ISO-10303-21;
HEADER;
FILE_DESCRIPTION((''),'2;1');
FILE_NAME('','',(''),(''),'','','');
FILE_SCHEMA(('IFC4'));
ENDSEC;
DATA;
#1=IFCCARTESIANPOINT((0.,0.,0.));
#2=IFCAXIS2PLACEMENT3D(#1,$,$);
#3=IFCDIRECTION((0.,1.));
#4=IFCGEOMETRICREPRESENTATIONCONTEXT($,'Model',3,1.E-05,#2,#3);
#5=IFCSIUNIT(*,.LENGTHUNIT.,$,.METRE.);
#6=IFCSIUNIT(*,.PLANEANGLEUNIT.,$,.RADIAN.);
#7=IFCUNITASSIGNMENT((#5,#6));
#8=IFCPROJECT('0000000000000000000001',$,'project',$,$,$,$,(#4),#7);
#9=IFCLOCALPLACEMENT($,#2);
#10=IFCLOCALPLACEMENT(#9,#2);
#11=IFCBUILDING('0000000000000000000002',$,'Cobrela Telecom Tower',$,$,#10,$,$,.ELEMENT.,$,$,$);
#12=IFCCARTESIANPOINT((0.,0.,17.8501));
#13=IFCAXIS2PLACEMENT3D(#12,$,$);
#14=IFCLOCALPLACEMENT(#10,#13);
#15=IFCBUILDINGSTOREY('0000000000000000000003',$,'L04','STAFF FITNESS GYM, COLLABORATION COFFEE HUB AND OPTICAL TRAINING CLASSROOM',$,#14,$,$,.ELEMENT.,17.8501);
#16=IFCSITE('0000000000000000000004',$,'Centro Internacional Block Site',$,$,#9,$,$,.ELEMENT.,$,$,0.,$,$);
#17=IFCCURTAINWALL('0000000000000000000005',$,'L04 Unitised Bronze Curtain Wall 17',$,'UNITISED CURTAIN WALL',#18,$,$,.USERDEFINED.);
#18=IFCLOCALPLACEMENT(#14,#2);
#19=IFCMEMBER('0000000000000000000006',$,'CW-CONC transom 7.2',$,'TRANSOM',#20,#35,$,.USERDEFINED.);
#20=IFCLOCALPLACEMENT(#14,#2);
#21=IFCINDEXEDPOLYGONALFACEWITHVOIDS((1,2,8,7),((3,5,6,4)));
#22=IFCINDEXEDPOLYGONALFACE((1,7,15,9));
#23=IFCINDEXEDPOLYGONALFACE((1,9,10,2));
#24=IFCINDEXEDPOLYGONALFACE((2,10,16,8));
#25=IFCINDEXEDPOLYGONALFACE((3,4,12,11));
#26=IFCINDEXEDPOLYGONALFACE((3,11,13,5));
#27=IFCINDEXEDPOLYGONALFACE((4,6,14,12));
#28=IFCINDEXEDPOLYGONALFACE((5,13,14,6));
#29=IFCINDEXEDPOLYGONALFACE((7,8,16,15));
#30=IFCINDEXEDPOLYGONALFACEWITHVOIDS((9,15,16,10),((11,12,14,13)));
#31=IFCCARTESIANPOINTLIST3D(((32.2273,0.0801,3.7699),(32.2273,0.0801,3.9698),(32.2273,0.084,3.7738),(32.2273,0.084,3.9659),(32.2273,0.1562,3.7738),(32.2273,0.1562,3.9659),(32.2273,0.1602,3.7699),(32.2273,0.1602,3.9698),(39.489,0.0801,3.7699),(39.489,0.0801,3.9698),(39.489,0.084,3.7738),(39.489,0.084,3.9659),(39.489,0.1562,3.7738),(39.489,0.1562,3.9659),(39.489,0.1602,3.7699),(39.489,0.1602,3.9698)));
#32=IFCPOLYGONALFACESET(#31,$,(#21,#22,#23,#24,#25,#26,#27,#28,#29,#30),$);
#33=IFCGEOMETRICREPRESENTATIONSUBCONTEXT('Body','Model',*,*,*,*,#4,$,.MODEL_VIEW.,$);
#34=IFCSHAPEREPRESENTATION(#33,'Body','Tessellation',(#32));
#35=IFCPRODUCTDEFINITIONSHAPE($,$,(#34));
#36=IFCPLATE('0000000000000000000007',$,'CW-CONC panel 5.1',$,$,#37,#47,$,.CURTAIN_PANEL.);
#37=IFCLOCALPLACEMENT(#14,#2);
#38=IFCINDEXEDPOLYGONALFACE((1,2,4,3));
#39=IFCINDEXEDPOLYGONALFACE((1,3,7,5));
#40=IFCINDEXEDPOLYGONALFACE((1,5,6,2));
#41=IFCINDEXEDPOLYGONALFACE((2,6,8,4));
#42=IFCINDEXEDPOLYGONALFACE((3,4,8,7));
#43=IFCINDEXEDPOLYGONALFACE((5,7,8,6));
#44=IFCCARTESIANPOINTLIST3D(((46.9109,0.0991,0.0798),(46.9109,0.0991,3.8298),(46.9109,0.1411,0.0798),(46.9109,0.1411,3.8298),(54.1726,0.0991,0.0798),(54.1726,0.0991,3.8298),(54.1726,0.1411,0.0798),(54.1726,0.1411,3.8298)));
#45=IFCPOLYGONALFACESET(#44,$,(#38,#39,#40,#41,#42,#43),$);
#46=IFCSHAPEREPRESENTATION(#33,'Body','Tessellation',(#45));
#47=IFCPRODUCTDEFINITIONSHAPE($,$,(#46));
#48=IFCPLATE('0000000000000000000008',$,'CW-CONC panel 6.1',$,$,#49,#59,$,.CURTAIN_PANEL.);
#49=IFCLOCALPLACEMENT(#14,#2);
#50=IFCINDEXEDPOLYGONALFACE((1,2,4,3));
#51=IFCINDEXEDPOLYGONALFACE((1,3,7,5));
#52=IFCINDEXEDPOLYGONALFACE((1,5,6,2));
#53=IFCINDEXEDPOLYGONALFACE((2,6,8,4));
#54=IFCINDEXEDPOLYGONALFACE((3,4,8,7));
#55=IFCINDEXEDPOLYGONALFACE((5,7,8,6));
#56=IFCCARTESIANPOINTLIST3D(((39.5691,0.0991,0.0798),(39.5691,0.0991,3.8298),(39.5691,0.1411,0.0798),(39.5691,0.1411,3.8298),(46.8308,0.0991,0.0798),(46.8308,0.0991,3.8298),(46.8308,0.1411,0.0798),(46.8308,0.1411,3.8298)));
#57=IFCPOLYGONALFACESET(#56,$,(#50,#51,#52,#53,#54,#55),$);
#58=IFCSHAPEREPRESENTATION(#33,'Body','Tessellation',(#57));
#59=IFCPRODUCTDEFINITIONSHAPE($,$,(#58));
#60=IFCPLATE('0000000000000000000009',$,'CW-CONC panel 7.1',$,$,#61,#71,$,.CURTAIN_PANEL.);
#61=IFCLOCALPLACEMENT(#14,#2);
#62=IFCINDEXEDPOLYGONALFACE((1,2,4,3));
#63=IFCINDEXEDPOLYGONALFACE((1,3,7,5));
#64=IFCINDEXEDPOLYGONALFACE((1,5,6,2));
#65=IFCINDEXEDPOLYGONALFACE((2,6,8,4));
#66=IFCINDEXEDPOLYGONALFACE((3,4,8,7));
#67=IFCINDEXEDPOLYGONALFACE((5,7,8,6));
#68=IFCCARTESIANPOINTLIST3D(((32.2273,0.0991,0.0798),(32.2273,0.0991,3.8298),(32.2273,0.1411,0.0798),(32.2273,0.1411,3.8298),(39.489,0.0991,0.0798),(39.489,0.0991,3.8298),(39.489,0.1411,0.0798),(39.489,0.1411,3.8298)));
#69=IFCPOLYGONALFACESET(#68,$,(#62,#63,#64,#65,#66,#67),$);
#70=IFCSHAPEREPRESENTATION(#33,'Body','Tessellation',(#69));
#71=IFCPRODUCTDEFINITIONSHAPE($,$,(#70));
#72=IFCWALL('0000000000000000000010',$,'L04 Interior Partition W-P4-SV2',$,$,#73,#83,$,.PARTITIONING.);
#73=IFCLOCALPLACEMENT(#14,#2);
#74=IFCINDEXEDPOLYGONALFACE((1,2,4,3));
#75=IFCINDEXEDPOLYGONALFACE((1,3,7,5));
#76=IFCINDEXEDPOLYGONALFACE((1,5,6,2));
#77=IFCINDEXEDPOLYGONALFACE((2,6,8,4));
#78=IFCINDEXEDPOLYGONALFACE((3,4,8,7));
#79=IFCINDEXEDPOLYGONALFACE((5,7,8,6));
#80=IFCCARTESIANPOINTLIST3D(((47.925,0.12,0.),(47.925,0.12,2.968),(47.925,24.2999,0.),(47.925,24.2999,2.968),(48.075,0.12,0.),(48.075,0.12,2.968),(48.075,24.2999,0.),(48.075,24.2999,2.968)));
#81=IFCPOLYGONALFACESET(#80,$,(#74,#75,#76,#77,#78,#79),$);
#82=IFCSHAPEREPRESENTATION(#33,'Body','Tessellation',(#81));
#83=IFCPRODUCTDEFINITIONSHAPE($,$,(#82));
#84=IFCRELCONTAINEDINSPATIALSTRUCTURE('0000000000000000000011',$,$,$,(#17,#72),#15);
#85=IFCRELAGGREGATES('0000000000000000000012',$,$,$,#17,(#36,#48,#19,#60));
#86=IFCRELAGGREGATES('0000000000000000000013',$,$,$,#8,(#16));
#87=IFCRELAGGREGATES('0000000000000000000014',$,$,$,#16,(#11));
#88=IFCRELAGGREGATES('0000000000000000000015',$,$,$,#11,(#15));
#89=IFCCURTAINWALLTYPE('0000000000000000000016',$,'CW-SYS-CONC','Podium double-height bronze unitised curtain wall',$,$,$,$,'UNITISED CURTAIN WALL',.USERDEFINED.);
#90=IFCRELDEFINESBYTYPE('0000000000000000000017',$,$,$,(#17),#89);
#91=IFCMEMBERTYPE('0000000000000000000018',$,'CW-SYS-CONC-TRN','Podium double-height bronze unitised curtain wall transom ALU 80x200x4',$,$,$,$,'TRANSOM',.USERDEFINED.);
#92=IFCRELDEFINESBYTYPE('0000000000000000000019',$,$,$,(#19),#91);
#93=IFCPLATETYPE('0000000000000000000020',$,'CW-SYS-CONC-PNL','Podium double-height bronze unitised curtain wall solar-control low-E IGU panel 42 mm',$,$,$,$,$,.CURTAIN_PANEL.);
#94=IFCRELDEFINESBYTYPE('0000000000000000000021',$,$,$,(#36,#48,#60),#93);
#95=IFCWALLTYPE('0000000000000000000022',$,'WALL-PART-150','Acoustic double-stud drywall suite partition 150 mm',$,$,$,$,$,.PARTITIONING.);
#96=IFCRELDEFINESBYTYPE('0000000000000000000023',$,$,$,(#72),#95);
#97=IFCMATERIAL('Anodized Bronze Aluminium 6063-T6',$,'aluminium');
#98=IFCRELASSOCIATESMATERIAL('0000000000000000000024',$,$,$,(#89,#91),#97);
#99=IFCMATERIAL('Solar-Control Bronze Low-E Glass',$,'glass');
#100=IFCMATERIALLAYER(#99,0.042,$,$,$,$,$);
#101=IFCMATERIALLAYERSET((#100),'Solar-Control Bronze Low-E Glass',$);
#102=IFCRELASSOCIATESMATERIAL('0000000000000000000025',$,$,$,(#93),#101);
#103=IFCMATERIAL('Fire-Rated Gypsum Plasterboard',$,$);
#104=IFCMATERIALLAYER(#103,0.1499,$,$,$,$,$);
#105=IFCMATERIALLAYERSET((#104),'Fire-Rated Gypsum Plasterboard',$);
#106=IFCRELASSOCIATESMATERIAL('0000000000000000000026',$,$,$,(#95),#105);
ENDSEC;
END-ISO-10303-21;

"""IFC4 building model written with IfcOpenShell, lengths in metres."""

from ifc_helpers import new_model, si_unit, direction, frame, frame_2d, origin, origin_2d, place, context, subcontext, project, spatial, rectangle, hollow_rectangle, extrude, material, layer, layer_set, material_profile, profile_set, type_object, element, aggregate, save


model = new_model("IFC4")

# Units and contexts
model_context = context("Model", 3, precision=1e-05, world=origin(), true_north=direction((0.0, 1.0)))
body_context = subcontext(model_context, "Body", "Model", "MODEL_VIEW")
ifc_project = project(units=[si_unit("LENGTHUNIT", "METRE"), si_unit("PLANEANGLEUNIT", "RADIAN")], contexts=[model_context])

# Site, building, storey
site_placement = place(None, origin())
site = spatial("IfcSite", under=ifc_project, at=site_placement, Name="Centro Internacional Block Site", CompositionType="ELEMENT", RefElevation=0.0)
building_placement = place(site_placement, origin())
building = spatial("IfcBuilding", under=site, at=building_placement, Name="Cobrela Telecom Tower", CompositionType="ELEMENT")
storey_placement = place(building_placement, frame((0.0, 0.0, 17.8501)))
storey = spatial("IfcBuildingStorey", under=building, at=storey_placement, Name="L04", Description="STAFF FITNESS GYM, COLLABORATION COFFEE HUB AND OPTICAL TRAINING CLASSROOM", CompositionType="ELEMENT", Elevation=17.8501)

# Curtain wall, member, plates
ifc_material_1 = material(Name="Anodized Bronze Aluminium 6063-T6", Category="aluminium")
curtain_wall_type = type_object("IfcCurtainWallType", Name="CW-SYS-CONC", Description="Podium double-height bronze unitised curtain wall", ElementType="UNITISED CURTAIN WALL", PredefinedType="USERDEFINED", material=ifc_material_1)
curtain_wall_placement = place(storey_placement, origin())
curtain_wall = element("IfcCurtainWall", 1, at=curtain_wall_placement, inside=storey, type_object=curtain_wall_type, Name="L04 Unitised Bronze Curtain Wall 17", ObjectType="UNITISED CURTAIN WALL", PredefinedType="USERDEFINED")
ifc_material_profile_1 = material_profile(ifc_material_1, hollow_rectangle(XDim=0.0801, YDim=0.2, WallThickness=0.0039, at=origin_2d()), Name="ALU 80x200x4")
ifc_profile_set_1 = profile_set([ifc_material_profile_1], Name="Anodized Bronze Aluminium 6063-T6")
member_type_1 = type_object("IfcMemberType", Name="CW-SYS-CONC-TRN", Description="Podium double-height bronze unitised curtain wall transom ALU 80x200x4", ElementType="TRANSOM", PredefinedType="USERDEFINED", material=ifc_profile_set_1)
member_1_placement = place(storey_placement, frame((39.489, 0.1201, 3.8699), z_axis=(-1.0, 0.0, 0.0), x_axis=(0.0, -1.0, 0.0)))
member_1 = element("IfcMember", 2, at=member_1_placement, type_object=member_type_1, Name="CW-CONC transom 7.2", ObjectType="TRANSOM", PredefinedType="USERDEFINED", context=body_context, shape_type="SweptSolid", body=[
    extrude(hollow_rectangle(XDim=0.0801, YDim=0.2, WallThickness=0.0039, at=origin_2d()), origin(), (0.0, 0.0, 1.0), 7.2617),
])
ifc_material_2 = material(Name="Solar-Control Bronze Low-E Glass", Category="glass")
ifc_layer_1 = layer(ifc_material_2, 0.042)
ifc_layer_set_1 = layer_set([ifc_layer_1], Name="Solar-Control Bronze Low-E Glass")
plate_type = type_object("IfcPlateType", Name="CW-SYS-CONC-PNL", Description="Podium double-height bronze unitised curtain wall solar-control low-E IGU panel 42 mm", PredefinedType="CURTAIN_PANEL", material=ifc_layer_set_1)
plate_1_placement = place(storey_placement, frame((50.5417, 0.1201, 0.0798), z_axis=(0.0, 0.0, 1.0), x_axis=(-1.0, 0.0, 0.0)))
plate_1 = element("IfcPlate", 3, at=plate_1_placement, type_object=plate_type, Name="CW-CONC panel 5.1", PredefinedType="CURTAIN_PANEL", context=body_context, shape_type="SweptSolid", body=[
    extrude(rectangle(XDim=7.2617, YDim=0.042, at=origin_2d()), origin(), (0.0, 0.0, 1.0), 3.75),
])
plate_2_placement = place(storey_placement, frame((43.2, 0.1201, 0.0798), z_axis=(0.0, 0.0, 1.0), x_axis=(-1.0, 0.0, 0.0)))
plate_2 = element("IfcPlate", 4, at=plate_2_placement, type_object=plate_type, Name="CW-CONC panel 6.1", PredefinedType="CURTAIN_PANEL", context=body_context, shape_type="SweptSolid", body=[
    extrude(rectangle(XDim=7.2617, YDim=0.042, at=origin_2d()), origin(), (0.0, 0.0, 1.0), 3.75),
])
plate_3_placement = place(storey_placement, frame((35.8582, 0.1201, 0.0798), z_axis=(0.0, 0.0, 1.0), x_axis=(-1.0, 0.0, 0.0)))
plate_3 = element("IfcPlate", 5, at=plate_3_placement, type_object=plate_type, Name="CW-CONC panel 7.1", PredefinedType="CURTAIN_PANEL", context=body_context, shape_type="SweptSolid", body=[
    extrude(rectangle(XDim=7.2617, YDim=0.042, at=origin_2d()), origin(), (0.0, 0.0, 1.0), 3.75),
])
aggregate(curtain_wall, [plate_1, plate_2, member_1, plate_3])

# Wall
ifc_material_3 = material(Name="Fire-Rated Gypsum Plasterboard")
ifc_layer_2 = layer(ifc_material_3, 0.1499)
ifc_layer_set_2 = layer_set([ifc_layer_2], Name="Fire-Rated Gypsum Plasterboard")
wall_type = type_object("IfcWallType", Name="WALL-PART-150", Description="Acoustic double-stud drywall suite partition 150 mm", PredefinedType="PARTITIONING", material=ifc_layer_set_2)
wall_placement = place(storey_placement, frame((48.0, 0.1201, 0.0), z_axis=(0.0, 0.0, 1.0), x_axis=(0.0, 1.0, 0.0)))
element("IfcWall", 6, at=wall_placement, inside=storey, type_object=wall_type, Name="L04 Interior Partition W-P4-SV2", PredefinedType="PARTITIONING", context=body_context, shape_type="SweptSolid", body=[
    extrude(rectangle(XDim=24.1799, YDim=0.1499, at=frame_2d((12.0898, 0.0))), origin(), (0.0, 0.0, 1.0), 2.968),
])

save(model, "model.ifc")
